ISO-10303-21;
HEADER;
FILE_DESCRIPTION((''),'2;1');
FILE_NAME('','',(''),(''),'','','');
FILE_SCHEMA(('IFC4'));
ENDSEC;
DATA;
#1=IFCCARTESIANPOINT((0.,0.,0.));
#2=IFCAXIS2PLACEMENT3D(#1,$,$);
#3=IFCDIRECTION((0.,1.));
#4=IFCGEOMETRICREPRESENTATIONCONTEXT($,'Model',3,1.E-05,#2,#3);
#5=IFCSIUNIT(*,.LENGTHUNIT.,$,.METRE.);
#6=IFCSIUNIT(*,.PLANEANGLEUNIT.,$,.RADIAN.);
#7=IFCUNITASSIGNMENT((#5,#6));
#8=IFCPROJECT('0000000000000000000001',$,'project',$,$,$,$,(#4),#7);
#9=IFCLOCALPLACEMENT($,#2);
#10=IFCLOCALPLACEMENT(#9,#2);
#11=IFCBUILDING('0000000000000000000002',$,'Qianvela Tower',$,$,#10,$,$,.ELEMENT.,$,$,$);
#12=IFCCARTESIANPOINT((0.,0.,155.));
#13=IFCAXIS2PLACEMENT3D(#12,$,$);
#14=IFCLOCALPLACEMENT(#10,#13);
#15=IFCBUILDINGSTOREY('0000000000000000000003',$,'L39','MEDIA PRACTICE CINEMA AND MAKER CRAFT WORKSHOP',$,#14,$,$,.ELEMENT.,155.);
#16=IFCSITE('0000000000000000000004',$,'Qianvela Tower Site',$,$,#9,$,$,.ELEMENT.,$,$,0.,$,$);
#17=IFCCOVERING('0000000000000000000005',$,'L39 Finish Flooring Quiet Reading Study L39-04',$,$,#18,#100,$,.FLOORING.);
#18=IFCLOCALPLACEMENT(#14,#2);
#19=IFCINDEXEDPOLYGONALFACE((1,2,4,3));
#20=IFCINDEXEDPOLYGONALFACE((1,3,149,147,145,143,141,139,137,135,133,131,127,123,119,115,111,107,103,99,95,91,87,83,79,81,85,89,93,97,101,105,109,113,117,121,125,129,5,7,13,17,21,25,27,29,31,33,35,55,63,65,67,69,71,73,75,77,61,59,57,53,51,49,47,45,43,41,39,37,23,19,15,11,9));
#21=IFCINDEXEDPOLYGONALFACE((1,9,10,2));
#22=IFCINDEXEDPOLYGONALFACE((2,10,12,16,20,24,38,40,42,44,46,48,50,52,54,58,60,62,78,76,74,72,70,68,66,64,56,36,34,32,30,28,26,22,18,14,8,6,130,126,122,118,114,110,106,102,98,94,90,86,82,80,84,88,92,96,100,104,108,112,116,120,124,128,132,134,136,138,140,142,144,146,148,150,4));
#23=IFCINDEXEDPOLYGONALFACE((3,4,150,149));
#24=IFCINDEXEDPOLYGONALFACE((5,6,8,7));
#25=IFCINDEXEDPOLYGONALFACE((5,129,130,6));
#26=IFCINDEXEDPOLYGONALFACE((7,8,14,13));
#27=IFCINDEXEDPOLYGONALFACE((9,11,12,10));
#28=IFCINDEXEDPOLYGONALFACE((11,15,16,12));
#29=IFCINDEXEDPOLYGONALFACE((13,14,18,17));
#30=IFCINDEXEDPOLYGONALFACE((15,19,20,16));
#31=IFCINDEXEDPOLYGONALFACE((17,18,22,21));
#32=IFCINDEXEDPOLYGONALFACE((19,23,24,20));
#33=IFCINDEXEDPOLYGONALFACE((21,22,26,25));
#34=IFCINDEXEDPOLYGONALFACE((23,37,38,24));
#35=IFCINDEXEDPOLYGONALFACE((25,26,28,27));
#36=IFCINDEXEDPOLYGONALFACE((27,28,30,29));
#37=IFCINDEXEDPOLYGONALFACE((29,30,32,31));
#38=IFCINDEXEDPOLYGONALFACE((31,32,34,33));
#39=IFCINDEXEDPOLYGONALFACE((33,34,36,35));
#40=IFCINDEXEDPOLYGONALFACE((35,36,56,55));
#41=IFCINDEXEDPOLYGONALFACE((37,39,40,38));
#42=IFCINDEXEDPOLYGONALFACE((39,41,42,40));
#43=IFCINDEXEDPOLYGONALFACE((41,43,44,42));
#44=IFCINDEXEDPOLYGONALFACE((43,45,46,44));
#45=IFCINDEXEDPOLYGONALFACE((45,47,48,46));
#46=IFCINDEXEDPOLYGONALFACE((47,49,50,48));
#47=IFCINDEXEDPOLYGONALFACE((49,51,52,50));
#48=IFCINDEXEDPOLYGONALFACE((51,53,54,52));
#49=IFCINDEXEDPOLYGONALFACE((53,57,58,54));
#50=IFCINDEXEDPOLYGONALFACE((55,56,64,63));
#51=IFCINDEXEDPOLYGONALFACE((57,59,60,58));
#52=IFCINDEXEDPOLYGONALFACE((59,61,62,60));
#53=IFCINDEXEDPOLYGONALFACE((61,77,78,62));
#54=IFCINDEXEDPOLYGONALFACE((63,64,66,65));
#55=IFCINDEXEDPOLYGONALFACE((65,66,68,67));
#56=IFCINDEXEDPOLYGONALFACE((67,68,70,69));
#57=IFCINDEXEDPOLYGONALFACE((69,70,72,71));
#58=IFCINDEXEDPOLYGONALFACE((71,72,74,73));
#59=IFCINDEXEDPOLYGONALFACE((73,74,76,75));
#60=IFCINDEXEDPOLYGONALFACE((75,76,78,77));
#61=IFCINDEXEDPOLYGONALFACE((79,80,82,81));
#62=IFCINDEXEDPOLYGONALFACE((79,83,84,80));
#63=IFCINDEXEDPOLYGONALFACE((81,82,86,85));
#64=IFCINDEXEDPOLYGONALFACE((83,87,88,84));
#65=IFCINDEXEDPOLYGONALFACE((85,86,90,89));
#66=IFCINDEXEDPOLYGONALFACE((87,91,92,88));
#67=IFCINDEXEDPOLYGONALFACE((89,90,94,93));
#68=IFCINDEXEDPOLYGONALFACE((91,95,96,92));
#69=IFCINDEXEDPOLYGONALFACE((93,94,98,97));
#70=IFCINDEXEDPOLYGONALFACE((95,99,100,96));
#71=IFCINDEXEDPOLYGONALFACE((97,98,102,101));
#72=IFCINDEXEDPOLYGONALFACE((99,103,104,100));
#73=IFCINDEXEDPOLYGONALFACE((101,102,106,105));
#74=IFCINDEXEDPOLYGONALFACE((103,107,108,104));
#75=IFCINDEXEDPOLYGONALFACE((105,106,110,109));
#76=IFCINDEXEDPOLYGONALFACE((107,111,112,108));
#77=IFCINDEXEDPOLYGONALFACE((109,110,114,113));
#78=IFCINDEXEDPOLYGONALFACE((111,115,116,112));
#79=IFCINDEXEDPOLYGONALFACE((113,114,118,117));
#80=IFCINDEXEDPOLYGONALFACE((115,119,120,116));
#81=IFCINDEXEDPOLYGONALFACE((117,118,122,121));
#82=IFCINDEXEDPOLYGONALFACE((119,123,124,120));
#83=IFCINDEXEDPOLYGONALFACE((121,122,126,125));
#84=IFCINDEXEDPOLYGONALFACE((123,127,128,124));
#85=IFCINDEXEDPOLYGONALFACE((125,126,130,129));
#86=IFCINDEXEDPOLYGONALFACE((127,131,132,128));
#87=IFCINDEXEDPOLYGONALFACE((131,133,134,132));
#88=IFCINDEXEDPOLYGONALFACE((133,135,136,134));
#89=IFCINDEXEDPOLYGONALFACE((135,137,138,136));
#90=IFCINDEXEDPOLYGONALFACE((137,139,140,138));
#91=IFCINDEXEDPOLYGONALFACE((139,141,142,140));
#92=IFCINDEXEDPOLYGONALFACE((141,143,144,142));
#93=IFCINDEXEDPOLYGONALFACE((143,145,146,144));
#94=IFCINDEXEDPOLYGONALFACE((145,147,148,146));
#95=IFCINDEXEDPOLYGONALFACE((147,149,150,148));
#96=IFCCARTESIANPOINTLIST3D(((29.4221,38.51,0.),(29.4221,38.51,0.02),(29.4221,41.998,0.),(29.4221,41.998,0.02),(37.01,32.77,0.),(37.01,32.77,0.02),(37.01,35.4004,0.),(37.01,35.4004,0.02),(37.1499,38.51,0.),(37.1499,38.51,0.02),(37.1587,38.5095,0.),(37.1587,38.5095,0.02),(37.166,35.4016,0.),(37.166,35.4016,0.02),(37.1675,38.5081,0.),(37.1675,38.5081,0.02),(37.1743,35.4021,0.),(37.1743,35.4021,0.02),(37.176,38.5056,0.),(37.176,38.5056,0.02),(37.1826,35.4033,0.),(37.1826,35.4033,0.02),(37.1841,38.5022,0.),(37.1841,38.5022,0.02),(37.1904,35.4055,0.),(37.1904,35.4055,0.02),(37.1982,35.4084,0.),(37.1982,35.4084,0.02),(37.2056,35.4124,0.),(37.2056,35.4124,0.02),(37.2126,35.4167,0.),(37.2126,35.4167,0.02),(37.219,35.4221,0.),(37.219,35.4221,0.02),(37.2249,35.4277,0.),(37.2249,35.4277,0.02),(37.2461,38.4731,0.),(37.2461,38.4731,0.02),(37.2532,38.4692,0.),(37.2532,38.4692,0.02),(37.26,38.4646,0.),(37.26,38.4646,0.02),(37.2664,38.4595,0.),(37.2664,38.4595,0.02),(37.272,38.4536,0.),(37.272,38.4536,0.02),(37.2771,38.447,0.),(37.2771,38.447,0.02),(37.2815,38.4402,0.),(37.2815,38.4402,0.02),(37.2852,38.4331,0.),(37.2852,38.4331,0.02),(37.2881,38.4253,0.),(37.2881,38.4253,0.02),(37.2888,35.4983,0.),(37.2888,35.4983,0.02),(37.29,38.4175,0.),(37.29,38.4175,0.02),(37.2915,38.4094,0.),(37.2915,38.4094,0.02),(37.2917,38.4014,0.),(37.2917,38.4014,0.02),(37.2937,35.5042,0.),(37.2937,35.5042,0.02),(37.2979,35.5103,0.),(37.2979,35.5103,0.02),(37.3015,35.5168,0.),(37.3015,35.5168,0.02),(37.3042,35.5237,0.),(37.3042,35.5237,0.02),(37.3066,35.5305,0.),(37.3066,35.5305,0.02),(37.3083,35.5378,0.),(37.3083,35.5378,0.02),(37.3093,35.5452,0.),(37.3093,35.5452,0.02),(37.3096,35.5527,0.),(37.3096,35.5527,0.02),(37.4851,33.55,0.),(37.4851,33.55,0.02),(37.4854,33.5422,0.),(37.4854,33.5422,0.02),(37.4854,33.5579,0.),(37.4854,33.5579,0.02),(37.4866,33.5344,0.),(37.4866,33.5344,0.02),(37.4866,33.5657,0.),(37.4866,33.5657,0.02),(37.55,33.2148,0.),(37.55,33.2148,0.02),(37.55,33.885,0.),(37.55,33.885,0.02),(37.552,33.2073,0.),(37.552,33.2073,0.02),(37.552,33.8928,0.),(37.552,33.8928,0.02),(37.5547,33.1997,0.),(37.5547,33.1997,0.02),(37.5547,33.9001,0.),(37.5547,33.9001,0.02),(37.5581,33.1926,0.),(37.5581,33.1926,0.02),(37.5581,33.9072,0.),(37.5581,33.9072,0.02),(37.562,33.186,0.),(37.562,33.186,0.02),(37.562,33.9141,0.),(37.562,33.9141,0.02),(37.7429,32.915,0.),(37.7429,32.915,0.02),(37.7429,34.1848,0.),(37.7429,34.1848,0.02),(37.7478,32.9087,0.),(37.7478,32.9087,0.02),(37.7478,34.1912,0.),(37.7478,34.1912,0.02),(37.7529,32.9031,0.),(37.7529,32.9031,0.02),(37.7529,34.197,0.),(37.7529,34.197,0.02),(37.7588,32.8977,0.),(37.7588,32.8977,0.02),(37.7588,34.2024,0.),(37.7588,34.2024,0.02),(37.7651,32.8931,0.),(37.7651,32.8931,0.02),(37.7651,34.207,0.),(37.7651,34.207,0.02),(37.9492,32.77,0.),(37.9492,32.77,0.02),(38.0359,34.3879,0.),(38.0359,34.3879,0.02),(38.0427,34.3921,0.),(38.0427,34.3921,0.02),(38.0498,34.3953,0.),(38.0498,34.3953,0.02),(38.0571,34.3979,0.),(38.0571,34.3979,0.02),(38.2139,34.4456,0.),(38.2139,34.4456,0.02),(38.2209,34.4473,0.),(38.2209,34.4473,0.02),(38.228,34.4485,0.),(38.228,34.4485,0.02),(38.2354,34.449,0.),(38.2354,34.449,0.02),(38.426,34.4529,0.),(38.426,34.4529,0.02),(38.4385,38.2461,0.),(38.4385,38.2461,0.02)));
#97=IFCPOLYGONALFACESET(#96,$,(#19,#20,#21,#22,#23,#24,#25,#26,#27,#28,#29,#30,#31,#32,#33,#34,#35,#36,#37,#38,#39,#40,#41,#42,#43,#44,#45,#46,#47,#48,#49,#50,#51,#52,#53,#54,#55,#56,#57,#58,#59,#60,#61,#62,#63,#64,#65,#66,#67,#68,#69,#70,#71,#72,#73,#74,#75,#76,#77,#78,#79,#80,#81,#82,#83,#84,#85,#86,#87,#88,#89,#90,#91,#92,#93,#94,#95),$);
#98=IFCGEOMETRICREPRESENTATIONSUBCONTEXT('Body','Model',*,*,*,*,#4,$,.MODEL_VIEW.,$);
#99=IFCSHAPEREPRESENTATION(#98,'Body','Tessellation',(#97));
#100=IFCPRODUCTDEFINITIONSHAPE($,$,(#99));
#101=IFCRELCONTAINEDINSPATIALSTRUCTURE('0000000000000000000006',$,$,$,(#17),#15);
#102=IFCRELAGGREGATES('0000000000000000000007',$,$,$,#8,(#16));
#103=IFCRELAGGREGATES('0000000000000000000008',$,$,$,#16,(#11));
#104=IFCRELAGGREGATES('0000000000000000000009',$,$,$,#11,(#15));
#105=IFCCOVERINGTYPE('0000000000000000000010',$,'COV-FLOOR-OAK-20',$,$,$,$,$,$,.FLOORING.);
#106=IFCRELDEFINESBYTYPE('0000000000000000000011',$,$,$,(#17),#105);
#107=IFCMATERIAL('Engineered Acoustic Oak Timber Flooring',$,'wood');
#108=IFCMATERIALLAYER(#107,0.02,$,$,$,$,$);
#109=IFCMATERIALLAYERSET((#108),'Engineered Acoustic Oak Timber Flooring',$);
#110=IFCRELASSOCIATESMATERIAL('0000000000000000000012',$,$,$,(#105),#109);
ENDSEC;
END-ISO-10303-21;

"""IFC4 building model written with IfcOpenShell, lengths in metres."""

from ifc_helpers import new_model, si_unit, direction, frame, origin, place, context, subcontext, project, spatial, polyline, outline, extrude, material, layer, layer_set, type_object, element, save


model = new_model("IFC4")

# Units and contexts
model_context = context("Model", 3, precision=1e-05, world=origin(), true_north=direction((0.0, 1.0)))
body_context = subcontext(model_context, "Body", "Model", "MODEL_VIEW")
ifc_project = project(units=[si_unit("LENGTHUNIT", "METRE"), si_unit("PLANEANGLEUNIT", "RADIAN")], contexts=[model_context])

# Site, building, storey
site_placement = place(None, origin())
site = spatial("IfcSite", under=ifc_project, at=site_placement, Name="Qianvela Tower Site", CompositionType="ELEMENT", RefElevation=0.0)
building_placement = place(site_placement, origin())
building = spatial("IfcBuilding", under=site, at=building_placement, Name="Qianvela Tower", CompositionType="ELEMENT")
storey_placement = place(building_placement, frame((0.0, 0.0, 155.0)))
storey = spatial("IfcBuildingStorey", under=building, at=storey_placement, Name="L39", Description="MEDIA PRACTICE CINEMA AND MAKER CRAFT WORKSHOP", CompositionType="ELEMENT", Elevation=155.0)

# Covering
ifc_material_1 = material(Name="Engineered Acoustic Oak Timber Flooring", Category="wood")
ifc_layer_1 = layer(ifc_material_1, 0.02)
ifc_layer_set_1 = layer_set([ifc_layer_1], Name="Engineered Acoustic Oak Timber Flooring")
covering_type_1 = type_object("IfcCoveringType", Name="COV-FLOOR-OAK-20", PredefinedType="FLOORING", material=ifc_layer_set_1)
covering_1_placement = place(storey_placement, origin())
element("IfcCovering", 1, at=covering_1_placement, inside=storey, type_object=covering_type_1, Name="L39 Finish Flooring Quiet Reading Study L39-04", PredefinedType="FLOORING", context=body_context, shape_type="SweptSolid", body=[
    extrude(outline(polyline([(37.9492, 32.77), (37.01, 32.77), (37.01, 35.4004), (37.166, 35.4016), (37.1743, 35.4021), (37.1826, 35.4033), (37.1904, 35.4055), (37.1982, 35.4084), (37.2056, 35.4124), (37.2126, 35.4167), (37.219, 35.4221), (37.2249, 35.4277), (37.2888, 35.4983), (37.2937, 35.5042), (37.2979, 35.5103), (37.3015, 35.5168), (37.3042, 35.5237), (37.3066, 35.5305), (37.3083, 35.5378), (37.3093, 35.5452), (37.3096, 35.5527), (37.2917, 38.4014), (37.2915, 38.4094), (37.29, 38.4175), (37.2881, 38.4253), (37.2852, 38.4331), (37.2815, 38.4402), (37.2771, 38.447), (37.272, 38.4536), (37.2664, 38.4595), (37.26, 38.4646), (37.2532, 38.4692), (37.2461, 38.4731), (37.1841, 38.5022), (37.176, 38.5056), (37.1675, 38.5081), (37.1587, 38.5095), (37.1499, 38.51), (29.4221, 38.51), (29.4221, 41.998), (38.4385, 38.2461), (38.426, 34.4529), (38.2354, 34.449), (38.228, 34.4485), (38.2209, 34.4473), (38.2139, 34.4456), (38.0571, 34.3979), (38.0498, 34.3953), (38.0427, 34.3921), (38.0359, 34.3879), (37.7651, 34.207), (37.7588, 34.2024), (37.7529, 34.197), (37.7478, 34.1912), (37.7429, 34.1848), (37.562, 33.9141), (37.5581, 33.9072), (37.5547, 33.9001), (37.552, 33.8928), (37.55, 33.885), (37.4866, 33.5657), (37.4854, 33.5579), (37.4851, 33.55), (37.4854, 33.5422), (37.4866, 33.5344), (37.55, 33.2148), (37.552, 33.2073), (37.5547, 33.1997), (37.5581, 33.1926), (37.562, 33.186), (37.7429, 32.915), (37.7478, 32.9087), (37.7529, 32.9031), (37.7588, 32.8977), (37.7651, 32.8931), (37.9492, 32.77)])), origin(), (0.0, 0.0, 1.0), 0.02),
])

save(model, "model.ifc")
